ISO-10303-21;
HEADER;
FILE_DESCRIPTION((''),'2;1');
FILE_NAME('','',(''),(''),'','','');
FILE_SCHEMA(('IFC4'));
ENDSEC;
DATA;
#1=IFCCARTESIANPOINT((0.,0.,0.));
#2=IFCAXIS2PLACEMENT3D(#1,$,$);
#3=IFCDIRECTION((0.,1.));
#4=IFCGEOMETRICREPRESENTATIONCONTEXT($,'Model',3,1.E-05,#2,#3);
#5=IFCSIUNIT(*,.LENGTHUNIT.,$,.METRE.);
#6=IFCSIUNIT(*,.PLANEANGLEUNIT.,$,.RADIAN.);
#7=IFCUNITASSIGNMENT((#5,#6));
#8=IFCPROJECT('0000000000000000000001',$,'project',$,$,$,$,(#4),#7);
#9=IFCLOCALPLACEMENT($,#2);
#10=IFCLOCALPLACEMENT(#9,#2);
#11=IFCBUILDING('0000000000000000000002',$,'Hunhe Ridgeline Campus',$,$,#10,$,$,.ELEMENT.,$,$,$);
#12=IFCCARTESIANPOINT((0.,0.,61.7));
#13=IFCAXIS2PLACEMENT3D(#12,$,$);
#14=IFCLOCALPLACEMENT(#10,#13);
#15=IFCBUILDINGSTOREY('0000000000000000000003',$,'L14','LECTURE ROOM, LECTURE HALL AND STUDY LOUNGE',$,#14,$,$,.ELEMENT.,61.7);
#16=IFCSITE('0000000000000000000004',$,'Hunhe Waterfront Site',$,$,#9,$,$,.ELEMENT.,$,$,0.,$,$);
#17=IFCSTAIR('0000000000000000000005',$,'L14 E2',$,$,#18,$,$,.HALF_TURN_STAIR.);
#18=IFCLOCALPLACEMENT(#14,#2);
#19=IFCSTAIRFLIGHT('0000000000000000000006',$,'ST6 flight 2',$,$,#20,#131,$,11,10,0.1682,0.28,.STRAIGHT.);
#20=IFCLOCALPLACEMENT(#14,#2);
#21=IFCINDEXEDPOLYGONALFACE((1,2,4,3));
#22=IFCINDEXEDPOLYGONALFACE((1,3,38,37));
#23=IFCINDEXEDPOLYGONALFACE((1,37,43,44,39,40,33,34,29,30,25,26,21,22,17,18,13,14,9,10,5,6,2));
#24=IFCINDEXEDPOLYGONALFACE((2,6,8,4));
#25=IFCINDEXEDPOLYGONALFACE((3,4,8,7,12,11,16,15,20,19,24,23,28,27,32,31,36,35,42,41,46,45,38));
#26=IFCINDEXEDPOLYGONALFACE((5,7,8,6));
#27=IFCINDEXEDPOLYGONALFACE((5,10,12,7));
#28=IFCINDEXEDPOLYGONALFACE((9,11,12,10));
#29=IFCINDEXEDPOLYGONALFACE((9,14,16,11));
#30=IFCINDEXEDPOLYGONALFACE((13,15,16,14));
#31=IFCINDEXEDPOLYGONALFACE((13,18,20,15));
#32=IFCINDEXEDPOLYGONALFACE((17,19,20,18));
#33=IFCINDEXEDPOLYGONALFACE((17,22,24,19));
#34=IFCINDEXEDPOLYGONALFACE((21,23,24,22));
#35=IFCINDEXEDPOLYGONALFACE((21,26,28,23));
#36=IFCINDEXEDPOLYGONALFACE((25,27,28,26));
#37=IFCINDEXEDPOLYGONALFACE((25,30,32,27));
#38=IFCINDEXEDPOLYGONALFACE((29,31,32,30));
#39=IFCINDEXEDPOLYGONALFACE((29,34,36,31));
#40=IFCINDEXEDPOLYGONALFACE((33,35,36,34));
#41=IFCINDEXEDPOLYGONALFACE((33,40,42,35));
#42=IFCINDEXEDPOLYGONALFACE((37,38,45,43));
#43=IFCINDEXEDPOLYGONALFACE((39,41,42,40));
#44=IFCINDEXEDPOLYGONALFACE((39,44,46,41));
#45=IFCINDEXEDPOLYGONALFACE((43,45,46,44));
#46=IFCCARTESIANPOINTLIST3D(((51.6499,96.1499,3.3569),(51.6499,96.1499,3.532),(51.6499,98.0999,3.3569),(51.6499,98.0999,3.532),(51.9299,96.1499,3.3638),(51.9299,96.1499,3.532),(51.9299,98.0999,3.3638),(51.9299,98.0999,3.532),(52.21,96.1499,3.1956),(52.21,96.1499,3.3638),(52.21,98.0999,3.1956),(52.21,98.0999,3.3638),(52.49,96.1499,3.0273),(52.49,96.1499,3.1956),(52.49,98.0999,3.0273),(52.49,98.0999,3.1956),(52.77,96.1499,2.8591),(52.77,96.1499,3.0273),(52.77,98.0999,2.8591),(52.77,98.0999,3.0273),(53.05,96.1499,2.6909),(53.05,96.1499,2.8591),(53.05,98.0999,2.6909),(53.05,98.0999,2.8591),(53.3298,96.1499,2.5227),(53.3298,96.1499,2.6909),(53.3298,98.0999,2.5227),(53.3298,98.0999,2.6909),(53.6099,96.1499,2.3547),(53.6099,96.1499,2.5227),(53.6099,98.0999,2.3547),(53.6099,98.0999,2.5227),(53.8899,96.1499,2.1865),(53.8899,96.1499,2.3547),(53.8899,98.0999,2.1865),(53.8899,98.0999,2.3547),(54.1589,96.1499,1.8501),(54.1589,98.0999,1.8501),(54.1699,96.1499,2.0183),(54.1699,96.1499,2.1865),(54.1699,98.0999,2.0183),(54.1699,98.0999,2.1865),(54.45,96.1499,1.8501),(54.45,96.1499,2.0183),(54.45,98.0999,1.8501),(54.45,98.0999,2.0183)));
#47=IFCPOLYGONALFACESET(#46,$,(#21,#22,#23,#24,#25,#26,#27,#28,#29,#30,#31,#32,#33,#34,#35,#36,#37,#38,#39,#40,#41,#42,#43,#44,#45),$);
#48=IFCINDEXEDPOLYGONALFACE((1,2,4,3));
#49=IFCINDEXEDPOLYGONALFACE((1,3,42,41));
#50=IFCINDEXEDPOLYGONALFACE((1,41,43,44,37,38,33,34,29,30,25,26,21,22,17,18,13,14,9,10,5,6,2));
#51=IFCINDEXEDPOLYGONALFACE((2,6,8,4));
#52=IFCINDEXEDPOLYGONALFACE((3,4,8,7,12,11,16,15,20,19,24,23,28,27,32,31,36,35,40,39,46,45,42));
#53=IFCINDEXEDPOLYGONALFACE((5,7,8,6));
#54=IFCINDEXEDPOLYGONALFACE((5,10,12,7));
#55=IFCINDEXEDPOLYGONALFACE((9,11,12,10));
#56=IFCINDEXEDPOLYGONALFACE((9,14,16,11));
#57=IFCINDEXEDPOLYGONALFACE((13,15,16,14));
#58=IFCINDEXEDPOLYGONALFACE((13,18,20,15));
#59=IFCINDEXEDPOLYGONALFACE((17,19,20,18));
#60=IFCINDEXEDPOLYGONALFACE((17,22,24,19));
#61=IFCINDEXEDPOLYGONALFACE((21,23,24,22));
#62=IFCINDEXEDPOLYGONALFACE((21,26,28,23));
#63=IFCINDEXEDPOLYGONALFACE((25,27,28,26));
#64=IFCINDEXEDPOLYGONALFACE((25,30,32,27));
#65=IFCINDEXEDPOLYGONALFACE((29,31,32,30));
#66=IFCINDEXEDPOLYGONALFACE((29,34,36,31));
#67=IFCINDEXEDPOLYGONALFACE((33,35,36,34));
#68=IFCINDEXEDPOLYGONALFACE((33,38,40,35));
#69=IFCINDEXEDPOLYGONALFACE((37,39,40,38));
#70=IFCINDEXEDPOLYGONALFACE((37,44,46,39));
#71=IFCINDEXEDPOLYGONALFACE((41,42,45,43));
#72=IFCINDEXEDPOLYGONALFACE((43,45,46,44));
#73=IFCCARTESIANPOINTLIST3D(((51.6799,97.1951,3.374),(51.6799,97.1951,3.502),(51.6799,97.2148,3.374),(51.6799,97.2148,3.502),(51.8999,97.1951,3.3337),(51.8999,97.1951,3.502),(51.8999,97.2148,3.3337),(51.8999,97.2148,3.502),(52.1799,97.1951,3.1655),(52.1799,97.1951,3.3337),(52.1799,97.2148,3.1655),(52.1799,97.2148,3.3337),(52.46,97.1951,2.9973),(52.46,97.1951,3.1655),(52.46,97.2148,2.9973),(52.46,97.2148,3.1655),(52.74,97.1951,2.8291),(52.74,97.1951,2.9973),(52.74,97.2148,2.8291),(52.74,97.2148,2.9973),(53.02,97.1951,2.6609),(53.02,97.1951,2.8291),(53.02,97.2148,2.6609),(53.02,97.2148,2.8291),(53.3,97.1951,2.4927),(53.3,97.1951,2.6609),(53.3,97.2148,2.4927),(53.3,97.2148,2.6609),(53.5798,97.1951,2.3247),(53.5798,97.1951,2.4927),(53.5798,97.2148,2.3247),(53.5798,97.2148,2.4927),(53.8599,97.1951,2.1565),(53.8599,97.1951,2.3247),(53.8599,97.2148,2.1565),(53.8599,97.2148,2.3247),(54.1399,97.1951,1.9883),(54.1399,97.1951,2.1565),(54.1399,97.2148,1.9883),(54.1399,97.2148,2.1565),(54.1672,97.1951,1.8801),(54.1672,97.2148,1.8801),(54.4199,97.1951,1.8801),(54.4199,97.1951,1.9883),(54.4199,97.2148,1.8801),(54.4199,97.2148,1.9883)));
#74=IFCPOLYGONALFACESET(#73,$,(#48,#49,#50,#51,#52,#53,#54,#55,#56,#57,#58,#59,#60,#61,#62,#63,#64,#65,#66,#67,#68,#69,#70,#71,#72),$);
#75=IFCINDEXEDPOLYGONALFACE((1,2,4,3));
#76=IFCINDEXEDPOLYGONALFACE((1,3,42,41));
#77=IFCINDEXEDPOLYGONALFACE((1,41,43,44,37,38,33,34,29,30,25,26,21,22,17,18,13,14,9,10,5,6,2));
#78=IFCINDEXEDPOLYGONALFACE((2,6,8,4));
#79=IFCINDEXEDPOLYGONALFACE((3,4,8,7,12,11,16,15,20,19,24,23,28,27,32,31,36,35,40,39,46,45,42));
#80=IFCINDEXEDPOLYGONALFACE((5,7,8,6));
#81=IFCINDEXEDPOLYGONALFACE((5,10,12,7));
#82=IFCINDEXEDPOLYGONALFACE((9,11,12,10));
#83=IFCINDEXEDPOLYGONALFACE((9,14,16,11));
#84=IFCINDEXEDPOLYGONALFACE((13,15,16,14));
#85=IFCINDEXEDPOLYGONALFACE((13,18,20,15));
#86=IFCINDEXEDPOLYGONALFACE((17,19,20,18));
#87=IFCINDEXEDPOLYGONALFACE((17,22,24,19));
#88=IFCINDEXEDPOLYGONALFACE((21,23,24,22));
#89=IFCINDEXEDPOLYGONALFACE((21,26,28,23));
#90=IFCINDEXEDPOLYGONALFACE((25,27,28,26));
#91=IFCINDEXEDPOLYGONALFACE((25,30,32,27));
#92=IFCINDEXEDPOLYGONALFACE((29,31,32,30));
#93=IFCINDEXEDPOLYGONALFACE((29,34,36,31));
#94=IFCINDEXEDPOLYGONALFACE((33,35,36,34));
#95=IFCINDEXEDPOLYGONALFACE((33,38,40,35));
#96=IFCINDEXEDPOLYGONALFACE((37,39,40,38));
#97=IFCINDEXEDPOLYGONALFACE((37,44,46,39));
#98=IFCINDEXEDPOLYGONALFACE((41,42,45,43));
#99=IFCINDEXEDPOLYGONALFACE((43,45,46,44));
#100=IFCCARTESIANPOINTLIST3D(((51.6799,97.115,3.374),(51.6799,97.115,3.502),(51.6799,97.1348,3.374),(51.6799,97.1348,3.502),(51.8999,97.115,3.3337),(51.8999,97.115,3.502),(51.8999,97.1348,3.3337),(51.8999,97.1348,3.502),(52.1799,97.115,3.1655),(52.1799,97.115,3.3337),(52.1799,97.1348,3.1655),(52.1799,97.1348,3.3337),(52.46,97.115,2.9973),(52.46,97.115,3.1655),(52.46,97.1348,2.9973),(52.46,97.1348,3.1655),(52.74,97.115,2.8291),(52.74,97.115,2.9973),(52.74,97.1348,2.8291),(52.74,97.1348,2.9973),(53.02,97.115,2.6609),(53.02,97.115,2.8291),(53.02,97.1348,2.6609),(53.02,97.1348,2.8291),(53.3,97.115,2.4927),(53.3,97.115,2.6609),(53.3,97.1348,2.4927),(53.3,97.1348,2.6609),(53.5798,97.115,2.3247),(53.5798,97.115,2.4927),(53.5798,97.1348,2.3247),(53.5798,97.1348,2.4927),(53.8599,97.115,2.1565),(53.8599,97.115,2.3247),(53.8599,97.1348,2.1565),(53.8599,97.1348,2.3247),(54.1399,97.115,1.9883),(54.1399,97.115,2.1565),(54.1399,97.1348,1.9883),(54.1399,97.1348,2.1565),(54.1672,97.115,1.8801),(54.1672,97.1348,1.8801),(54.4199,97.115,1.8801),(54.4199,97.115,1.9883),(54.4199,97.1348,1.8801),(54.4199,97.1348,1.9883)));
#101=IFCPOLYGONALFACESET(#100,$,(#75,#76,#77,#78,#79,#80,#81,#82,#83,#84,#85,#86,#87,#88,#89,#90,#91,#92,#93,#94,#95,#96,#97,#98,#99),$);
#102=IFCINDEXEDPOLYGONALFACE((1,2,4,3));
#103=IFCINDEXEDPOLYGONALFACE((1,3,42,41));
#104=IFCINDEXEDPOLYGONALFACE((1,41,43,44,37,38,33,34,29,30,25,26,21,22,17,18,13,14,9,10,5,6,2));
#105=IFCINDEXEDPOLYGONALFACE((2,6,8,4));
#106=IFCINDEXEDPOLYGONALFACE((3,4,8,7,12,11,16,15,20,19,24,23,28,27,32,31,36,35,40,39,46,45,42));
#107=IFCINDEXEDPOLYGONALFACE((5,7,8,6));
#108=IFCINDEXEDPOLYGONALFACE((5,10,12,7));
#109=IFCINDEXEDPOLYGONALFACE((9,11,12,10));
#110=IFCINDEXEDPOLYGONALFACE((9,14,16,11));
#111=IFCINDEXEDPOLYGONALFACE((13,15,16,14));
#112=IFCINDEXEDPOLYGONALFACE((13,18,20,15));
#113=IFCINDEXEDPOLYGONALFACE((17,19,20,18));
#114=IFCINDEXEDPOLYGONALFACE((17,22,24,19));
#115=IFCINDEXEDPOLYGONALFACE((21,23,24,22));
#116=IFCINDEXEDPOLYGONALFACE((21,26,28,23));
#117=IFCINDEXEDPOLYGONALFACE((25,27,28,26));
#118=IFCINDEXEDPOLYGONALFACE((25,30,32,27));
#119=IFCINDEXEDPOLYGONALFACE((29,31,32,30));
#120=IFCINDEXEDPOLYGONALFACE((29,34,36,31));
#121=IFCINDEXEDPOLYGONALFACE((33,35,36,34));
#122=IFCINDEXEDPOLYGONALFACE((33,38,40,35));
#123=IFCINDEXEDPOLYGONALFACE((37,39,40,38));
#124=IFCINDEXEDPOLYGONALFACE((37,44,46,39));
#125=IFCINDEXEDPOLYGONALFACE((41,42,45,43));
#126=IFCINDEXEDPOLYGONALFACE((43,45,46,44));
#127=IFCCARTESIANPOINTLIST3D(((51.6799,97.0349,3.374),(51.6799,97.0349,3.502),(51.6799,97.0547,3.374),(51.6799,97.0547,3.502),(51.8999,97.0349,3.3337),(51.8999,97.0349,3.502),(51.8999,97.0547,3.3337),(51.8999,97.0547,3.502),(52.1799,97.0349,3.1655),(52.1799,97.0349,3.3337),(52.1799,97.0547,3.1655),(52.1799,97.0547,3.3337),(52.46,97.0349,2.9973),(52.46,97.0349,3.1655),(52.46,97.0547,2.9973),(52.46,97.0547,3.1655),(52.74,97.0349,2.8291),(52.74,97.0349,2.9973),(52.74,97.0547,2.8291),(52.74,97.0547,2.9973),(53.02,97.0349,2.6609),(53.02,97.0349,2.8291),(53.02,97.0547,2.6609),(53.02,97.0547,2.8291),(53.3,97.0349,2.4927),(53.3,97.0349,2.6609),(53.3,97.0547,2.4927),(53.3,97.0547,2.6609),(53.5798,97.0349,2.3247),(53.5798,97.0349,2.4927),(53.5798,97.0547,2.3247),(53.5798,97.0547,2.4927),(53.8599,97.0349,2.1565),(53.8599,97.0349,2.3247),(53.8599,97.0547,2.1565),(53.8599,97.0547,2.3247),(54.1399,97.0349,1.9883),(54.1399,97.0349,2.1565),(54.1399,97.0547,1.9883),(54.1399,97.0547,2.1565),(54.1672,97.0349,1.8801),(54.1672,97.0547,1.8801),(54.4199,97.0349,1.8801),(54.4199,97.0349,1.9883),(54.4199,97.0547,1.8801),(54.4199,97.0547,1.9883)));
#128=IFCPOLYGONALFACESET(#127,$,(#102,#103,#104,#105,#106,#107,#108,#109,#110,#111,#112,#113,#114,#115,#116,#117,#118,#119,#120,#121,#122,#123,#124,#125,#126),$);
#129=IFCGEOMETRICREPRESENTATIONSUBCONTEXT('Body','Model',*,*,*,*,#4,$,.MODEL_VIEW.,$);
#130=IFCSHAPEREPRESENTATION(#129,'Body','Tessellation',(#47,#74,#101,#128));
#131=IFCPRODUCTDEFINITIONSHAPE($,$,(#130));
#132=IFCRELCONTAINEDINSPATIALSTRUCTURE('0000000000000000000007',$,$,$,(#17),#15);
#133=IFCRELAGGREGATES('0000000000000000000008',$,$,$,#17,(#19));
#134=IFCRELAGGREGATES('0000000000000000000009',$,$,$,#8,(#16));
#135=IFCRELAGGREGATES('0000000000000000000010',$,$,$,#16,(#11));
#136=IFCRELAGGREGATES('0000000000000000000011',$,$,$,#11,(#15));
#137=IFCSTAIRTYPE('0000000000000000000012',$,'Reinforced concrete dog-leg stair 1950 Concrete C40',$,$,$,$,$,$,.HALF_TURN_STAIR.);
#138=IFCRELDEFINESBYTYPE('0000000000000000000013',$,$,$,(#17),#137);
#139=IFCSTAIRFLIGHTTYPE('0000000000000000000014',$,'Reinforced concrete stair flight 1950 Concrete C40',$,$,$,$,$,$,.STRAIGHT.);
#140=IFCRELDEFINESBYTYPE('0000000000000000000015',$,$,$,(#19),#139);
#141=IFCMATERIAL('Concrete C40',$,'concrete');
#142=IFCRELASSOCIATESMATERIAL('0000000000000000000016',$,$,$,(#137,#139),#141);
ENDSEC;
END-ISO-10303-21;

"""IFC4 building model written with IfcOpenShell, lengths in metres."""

from ifc_helpers import new_model, si_unit, direction, frame, origin, place, context, subcontext, project, spatial, polyline, outline, extrude, material, type_object, element, aggregate, save


model = new_model("IFC4")

# Units and contexts
model_context = context("Model", 3, precision=1e-05, world=origin(), true_north=direction((0.0, 1.0)))
body_context = subcontext(model_context, "Body", "Model", "MODEL_VIEW")
ifc_project = project(units=[si_unit("LENGTHUNIT", "METRE"), si_unit("PLANEANGLEUNIT", "RADIAN")], contexts=[model_context])

# Site, building, storey
site_placement = place(None, origin())
site = spatial("IfcSite", under=ifc_project, at=site_placement, Name="Hunhe Waterfront Site", CompositionType="ELEMENT", RefElevation=0.0)
building_placement = place(site_placement, origin())
building = spatial("IfcBuilding", under=site, at=building_placement, Name="Hunhe Ridgeline Campus", CompositionType="ELEMENT")
storey_placement = place(building_placement, frame((0.0, 0.0, 61.7)))
storey = spatial("IfcBuildingStorey", under=building, at=storey_placement, Name="L14", Description="LECTURE ROOM, LECTURE HALL AND STUDY LOUNGE", CompositionType="ELEMENT", Elevation=61.7)

# Stair, stair flight
ifc_material_1 = material(Name="Concrete C40", Category="concrete")
stair_type = type_object("IfcStairType", Name="Reinforced concrete dog-leg stair 1950 Concrete C40", PredefinedType="HALF_TURN_STAIR", material=ifc_material_1)
stair_1_placement = place(storey_placement, origin())
stair_1 = element("IfcStair", 1, at=stair_1_placement, inside=storey, type_object=stair_type, Name="L14 E2", PredefinedType="HALF_TURN_STAIR")
stair_flight_type = type_object("IfcStairFlightType", Name="Reinforced concrete stair flight 1950 Concrete C40", PredefinedType="STRAIGHT", material=ifc_material_1)
stair_flight_1_placement = place(storey_placement, frame((54.45, 97.125, 1.8501), z_axis=(0.0, 0.0, 1.0), x_axis=(-1.0, 0.0, 0.0)))
stair_flight_1 = element("IfcStairFlight", 2, at=stair_flight_1_placement, type_object=stair_flight_type, Name="ST6 flight 2", NumberOfRisers=11, NumberOfTreads=10, PredefinedType="STRAIGHT", RiserHeight=0.1682, TreadLength=0.28, context=body_context, shape_type="SweptSolid", body=[
    extrude(outline(polyline([(0.0, 0.0), (0.0, 0.1682), (0.28, 0.1682), (0.28, 0.3364), (0.5601, 0.3364), (0.5601, 0.5046), (0.8401, 0.5046), (0.8401, 0.6726), (1.1201, 0.6726), (1.1201, 0.8408), (1.3999, 0.8408), (1.3999, 1.009), (1.6799, 1.009), (1.6799, 1.1772), (1.96, 1.1772), (1.96, 1.3455), (2.24, 1.3455), (2.24, 1.5137), (2.52, 1.5137), (2.52, 1.6819), (2.8, 1.6819), (2.8, 1.8501), (2.8, 1.5068), (0.291, 0.0), (0.0, 0.0)])), frame((0.0, 0.9751, 0.0), z_axis=(0.0, -1.0, 0.0), x_axis=(1.0, 0.0, 0.0)), (0.0, 0.0, 1.0), 1.95),
    extrude(outline(polyline([(0.03, 0.03), (0.03, 0.1382), (0.3101, 0.1382), (0.3101, 0.3064), (0.5901, 0.3064), (0.5901, 0.4746), (0.8701, 0.4746), (0.8701, 0.6426), (1.1499, 0.6426), (1.1499, 0.8108), (1.4299, 0.8108), (1.4299, 0.979), (1.71, 0.979), (1.71, 1.1472), (1.99, 1.1472), (1.99, 1.3154), (2.27, 1.3154), (2.27, 1.4836), (2.55, 1.4836), (2.55, 1.6519), (2.77, 1.6519), (2.77, 1.5239), (0.2827, 0.03), (0.03, 0.03)])), frame((0.0, -0.0701, 0.0), z_axis=(0.0, -1.0, 0.0), x_axis=(1.0, 0.0, 0.0)), (0.0, 0.0, 1.0), 0.0198),
    extrude(outline(polyline([(0.03, 0.03), (0.03, 0.1382), (0.3101, 0.1382), (0.3101, 0.3064), (0.5901, 0.3064), (0.5901, 0.4746), (0.8701, 0.4746), (0.8701, 0.6426), (1.1499, 0.6426), (1.1499, 0.8108), (1.4299, 0.8108), (1.4299, 0.979), (1.71, 0.979), (1.71, 1.1472), (1.99, 1.1472), (1.99, 1.3154), (2.27, 1.3154), (2.27, 1.4836), (2.55, 1.4836), (2.55, 1.6519), (2.77, 1.6519), (2.77, 1.5239), (0.2827, 0.03), (0.03, 0.03)])), frame((0.0, 0.01, 0.0), z_axis=(0.0, -1.0, 0.0), x_axis=(1.0, 0.0, 0.0)), (0.0, 0.0, 1.0), 0.0198),
    extrude(outline(polyline([(0.03, 0.03), (0.03, 0.1382), (0.3101, 0.1382), (0.3101, 0.3064), (0.5901, 0.3064), (0.5901, 0.4746), (0.8701, 0.4746), (0.8701, 0.6426), (1.1499, 0.6426), (1.1499, 0.8108), (1.4299, 0.8108), (1.4299, 0.979), (1.71, 0.979), (1.71, 1.1472), (1.99, 1.1472), (1.99, 1.3154), (2.27, 1.3154), (2.27, 1.4836), (2.55, 1.4836), (2.55, 1.6519), (2.77, 1.6519), (2.77, 1.5239), (0.2827, 0.03), (0.03, 0.03)])), frame((0.0, 0.0901, 0.0), z_axis=(0.0, -1.0, 0.0), x_axis=(1.0, 0.0, 0.0)), (0.0, 0.0, 1.0), 0.0198),
])
aggregate(stair_1, [stair_flight_1])

save(model, "model.ifc")
